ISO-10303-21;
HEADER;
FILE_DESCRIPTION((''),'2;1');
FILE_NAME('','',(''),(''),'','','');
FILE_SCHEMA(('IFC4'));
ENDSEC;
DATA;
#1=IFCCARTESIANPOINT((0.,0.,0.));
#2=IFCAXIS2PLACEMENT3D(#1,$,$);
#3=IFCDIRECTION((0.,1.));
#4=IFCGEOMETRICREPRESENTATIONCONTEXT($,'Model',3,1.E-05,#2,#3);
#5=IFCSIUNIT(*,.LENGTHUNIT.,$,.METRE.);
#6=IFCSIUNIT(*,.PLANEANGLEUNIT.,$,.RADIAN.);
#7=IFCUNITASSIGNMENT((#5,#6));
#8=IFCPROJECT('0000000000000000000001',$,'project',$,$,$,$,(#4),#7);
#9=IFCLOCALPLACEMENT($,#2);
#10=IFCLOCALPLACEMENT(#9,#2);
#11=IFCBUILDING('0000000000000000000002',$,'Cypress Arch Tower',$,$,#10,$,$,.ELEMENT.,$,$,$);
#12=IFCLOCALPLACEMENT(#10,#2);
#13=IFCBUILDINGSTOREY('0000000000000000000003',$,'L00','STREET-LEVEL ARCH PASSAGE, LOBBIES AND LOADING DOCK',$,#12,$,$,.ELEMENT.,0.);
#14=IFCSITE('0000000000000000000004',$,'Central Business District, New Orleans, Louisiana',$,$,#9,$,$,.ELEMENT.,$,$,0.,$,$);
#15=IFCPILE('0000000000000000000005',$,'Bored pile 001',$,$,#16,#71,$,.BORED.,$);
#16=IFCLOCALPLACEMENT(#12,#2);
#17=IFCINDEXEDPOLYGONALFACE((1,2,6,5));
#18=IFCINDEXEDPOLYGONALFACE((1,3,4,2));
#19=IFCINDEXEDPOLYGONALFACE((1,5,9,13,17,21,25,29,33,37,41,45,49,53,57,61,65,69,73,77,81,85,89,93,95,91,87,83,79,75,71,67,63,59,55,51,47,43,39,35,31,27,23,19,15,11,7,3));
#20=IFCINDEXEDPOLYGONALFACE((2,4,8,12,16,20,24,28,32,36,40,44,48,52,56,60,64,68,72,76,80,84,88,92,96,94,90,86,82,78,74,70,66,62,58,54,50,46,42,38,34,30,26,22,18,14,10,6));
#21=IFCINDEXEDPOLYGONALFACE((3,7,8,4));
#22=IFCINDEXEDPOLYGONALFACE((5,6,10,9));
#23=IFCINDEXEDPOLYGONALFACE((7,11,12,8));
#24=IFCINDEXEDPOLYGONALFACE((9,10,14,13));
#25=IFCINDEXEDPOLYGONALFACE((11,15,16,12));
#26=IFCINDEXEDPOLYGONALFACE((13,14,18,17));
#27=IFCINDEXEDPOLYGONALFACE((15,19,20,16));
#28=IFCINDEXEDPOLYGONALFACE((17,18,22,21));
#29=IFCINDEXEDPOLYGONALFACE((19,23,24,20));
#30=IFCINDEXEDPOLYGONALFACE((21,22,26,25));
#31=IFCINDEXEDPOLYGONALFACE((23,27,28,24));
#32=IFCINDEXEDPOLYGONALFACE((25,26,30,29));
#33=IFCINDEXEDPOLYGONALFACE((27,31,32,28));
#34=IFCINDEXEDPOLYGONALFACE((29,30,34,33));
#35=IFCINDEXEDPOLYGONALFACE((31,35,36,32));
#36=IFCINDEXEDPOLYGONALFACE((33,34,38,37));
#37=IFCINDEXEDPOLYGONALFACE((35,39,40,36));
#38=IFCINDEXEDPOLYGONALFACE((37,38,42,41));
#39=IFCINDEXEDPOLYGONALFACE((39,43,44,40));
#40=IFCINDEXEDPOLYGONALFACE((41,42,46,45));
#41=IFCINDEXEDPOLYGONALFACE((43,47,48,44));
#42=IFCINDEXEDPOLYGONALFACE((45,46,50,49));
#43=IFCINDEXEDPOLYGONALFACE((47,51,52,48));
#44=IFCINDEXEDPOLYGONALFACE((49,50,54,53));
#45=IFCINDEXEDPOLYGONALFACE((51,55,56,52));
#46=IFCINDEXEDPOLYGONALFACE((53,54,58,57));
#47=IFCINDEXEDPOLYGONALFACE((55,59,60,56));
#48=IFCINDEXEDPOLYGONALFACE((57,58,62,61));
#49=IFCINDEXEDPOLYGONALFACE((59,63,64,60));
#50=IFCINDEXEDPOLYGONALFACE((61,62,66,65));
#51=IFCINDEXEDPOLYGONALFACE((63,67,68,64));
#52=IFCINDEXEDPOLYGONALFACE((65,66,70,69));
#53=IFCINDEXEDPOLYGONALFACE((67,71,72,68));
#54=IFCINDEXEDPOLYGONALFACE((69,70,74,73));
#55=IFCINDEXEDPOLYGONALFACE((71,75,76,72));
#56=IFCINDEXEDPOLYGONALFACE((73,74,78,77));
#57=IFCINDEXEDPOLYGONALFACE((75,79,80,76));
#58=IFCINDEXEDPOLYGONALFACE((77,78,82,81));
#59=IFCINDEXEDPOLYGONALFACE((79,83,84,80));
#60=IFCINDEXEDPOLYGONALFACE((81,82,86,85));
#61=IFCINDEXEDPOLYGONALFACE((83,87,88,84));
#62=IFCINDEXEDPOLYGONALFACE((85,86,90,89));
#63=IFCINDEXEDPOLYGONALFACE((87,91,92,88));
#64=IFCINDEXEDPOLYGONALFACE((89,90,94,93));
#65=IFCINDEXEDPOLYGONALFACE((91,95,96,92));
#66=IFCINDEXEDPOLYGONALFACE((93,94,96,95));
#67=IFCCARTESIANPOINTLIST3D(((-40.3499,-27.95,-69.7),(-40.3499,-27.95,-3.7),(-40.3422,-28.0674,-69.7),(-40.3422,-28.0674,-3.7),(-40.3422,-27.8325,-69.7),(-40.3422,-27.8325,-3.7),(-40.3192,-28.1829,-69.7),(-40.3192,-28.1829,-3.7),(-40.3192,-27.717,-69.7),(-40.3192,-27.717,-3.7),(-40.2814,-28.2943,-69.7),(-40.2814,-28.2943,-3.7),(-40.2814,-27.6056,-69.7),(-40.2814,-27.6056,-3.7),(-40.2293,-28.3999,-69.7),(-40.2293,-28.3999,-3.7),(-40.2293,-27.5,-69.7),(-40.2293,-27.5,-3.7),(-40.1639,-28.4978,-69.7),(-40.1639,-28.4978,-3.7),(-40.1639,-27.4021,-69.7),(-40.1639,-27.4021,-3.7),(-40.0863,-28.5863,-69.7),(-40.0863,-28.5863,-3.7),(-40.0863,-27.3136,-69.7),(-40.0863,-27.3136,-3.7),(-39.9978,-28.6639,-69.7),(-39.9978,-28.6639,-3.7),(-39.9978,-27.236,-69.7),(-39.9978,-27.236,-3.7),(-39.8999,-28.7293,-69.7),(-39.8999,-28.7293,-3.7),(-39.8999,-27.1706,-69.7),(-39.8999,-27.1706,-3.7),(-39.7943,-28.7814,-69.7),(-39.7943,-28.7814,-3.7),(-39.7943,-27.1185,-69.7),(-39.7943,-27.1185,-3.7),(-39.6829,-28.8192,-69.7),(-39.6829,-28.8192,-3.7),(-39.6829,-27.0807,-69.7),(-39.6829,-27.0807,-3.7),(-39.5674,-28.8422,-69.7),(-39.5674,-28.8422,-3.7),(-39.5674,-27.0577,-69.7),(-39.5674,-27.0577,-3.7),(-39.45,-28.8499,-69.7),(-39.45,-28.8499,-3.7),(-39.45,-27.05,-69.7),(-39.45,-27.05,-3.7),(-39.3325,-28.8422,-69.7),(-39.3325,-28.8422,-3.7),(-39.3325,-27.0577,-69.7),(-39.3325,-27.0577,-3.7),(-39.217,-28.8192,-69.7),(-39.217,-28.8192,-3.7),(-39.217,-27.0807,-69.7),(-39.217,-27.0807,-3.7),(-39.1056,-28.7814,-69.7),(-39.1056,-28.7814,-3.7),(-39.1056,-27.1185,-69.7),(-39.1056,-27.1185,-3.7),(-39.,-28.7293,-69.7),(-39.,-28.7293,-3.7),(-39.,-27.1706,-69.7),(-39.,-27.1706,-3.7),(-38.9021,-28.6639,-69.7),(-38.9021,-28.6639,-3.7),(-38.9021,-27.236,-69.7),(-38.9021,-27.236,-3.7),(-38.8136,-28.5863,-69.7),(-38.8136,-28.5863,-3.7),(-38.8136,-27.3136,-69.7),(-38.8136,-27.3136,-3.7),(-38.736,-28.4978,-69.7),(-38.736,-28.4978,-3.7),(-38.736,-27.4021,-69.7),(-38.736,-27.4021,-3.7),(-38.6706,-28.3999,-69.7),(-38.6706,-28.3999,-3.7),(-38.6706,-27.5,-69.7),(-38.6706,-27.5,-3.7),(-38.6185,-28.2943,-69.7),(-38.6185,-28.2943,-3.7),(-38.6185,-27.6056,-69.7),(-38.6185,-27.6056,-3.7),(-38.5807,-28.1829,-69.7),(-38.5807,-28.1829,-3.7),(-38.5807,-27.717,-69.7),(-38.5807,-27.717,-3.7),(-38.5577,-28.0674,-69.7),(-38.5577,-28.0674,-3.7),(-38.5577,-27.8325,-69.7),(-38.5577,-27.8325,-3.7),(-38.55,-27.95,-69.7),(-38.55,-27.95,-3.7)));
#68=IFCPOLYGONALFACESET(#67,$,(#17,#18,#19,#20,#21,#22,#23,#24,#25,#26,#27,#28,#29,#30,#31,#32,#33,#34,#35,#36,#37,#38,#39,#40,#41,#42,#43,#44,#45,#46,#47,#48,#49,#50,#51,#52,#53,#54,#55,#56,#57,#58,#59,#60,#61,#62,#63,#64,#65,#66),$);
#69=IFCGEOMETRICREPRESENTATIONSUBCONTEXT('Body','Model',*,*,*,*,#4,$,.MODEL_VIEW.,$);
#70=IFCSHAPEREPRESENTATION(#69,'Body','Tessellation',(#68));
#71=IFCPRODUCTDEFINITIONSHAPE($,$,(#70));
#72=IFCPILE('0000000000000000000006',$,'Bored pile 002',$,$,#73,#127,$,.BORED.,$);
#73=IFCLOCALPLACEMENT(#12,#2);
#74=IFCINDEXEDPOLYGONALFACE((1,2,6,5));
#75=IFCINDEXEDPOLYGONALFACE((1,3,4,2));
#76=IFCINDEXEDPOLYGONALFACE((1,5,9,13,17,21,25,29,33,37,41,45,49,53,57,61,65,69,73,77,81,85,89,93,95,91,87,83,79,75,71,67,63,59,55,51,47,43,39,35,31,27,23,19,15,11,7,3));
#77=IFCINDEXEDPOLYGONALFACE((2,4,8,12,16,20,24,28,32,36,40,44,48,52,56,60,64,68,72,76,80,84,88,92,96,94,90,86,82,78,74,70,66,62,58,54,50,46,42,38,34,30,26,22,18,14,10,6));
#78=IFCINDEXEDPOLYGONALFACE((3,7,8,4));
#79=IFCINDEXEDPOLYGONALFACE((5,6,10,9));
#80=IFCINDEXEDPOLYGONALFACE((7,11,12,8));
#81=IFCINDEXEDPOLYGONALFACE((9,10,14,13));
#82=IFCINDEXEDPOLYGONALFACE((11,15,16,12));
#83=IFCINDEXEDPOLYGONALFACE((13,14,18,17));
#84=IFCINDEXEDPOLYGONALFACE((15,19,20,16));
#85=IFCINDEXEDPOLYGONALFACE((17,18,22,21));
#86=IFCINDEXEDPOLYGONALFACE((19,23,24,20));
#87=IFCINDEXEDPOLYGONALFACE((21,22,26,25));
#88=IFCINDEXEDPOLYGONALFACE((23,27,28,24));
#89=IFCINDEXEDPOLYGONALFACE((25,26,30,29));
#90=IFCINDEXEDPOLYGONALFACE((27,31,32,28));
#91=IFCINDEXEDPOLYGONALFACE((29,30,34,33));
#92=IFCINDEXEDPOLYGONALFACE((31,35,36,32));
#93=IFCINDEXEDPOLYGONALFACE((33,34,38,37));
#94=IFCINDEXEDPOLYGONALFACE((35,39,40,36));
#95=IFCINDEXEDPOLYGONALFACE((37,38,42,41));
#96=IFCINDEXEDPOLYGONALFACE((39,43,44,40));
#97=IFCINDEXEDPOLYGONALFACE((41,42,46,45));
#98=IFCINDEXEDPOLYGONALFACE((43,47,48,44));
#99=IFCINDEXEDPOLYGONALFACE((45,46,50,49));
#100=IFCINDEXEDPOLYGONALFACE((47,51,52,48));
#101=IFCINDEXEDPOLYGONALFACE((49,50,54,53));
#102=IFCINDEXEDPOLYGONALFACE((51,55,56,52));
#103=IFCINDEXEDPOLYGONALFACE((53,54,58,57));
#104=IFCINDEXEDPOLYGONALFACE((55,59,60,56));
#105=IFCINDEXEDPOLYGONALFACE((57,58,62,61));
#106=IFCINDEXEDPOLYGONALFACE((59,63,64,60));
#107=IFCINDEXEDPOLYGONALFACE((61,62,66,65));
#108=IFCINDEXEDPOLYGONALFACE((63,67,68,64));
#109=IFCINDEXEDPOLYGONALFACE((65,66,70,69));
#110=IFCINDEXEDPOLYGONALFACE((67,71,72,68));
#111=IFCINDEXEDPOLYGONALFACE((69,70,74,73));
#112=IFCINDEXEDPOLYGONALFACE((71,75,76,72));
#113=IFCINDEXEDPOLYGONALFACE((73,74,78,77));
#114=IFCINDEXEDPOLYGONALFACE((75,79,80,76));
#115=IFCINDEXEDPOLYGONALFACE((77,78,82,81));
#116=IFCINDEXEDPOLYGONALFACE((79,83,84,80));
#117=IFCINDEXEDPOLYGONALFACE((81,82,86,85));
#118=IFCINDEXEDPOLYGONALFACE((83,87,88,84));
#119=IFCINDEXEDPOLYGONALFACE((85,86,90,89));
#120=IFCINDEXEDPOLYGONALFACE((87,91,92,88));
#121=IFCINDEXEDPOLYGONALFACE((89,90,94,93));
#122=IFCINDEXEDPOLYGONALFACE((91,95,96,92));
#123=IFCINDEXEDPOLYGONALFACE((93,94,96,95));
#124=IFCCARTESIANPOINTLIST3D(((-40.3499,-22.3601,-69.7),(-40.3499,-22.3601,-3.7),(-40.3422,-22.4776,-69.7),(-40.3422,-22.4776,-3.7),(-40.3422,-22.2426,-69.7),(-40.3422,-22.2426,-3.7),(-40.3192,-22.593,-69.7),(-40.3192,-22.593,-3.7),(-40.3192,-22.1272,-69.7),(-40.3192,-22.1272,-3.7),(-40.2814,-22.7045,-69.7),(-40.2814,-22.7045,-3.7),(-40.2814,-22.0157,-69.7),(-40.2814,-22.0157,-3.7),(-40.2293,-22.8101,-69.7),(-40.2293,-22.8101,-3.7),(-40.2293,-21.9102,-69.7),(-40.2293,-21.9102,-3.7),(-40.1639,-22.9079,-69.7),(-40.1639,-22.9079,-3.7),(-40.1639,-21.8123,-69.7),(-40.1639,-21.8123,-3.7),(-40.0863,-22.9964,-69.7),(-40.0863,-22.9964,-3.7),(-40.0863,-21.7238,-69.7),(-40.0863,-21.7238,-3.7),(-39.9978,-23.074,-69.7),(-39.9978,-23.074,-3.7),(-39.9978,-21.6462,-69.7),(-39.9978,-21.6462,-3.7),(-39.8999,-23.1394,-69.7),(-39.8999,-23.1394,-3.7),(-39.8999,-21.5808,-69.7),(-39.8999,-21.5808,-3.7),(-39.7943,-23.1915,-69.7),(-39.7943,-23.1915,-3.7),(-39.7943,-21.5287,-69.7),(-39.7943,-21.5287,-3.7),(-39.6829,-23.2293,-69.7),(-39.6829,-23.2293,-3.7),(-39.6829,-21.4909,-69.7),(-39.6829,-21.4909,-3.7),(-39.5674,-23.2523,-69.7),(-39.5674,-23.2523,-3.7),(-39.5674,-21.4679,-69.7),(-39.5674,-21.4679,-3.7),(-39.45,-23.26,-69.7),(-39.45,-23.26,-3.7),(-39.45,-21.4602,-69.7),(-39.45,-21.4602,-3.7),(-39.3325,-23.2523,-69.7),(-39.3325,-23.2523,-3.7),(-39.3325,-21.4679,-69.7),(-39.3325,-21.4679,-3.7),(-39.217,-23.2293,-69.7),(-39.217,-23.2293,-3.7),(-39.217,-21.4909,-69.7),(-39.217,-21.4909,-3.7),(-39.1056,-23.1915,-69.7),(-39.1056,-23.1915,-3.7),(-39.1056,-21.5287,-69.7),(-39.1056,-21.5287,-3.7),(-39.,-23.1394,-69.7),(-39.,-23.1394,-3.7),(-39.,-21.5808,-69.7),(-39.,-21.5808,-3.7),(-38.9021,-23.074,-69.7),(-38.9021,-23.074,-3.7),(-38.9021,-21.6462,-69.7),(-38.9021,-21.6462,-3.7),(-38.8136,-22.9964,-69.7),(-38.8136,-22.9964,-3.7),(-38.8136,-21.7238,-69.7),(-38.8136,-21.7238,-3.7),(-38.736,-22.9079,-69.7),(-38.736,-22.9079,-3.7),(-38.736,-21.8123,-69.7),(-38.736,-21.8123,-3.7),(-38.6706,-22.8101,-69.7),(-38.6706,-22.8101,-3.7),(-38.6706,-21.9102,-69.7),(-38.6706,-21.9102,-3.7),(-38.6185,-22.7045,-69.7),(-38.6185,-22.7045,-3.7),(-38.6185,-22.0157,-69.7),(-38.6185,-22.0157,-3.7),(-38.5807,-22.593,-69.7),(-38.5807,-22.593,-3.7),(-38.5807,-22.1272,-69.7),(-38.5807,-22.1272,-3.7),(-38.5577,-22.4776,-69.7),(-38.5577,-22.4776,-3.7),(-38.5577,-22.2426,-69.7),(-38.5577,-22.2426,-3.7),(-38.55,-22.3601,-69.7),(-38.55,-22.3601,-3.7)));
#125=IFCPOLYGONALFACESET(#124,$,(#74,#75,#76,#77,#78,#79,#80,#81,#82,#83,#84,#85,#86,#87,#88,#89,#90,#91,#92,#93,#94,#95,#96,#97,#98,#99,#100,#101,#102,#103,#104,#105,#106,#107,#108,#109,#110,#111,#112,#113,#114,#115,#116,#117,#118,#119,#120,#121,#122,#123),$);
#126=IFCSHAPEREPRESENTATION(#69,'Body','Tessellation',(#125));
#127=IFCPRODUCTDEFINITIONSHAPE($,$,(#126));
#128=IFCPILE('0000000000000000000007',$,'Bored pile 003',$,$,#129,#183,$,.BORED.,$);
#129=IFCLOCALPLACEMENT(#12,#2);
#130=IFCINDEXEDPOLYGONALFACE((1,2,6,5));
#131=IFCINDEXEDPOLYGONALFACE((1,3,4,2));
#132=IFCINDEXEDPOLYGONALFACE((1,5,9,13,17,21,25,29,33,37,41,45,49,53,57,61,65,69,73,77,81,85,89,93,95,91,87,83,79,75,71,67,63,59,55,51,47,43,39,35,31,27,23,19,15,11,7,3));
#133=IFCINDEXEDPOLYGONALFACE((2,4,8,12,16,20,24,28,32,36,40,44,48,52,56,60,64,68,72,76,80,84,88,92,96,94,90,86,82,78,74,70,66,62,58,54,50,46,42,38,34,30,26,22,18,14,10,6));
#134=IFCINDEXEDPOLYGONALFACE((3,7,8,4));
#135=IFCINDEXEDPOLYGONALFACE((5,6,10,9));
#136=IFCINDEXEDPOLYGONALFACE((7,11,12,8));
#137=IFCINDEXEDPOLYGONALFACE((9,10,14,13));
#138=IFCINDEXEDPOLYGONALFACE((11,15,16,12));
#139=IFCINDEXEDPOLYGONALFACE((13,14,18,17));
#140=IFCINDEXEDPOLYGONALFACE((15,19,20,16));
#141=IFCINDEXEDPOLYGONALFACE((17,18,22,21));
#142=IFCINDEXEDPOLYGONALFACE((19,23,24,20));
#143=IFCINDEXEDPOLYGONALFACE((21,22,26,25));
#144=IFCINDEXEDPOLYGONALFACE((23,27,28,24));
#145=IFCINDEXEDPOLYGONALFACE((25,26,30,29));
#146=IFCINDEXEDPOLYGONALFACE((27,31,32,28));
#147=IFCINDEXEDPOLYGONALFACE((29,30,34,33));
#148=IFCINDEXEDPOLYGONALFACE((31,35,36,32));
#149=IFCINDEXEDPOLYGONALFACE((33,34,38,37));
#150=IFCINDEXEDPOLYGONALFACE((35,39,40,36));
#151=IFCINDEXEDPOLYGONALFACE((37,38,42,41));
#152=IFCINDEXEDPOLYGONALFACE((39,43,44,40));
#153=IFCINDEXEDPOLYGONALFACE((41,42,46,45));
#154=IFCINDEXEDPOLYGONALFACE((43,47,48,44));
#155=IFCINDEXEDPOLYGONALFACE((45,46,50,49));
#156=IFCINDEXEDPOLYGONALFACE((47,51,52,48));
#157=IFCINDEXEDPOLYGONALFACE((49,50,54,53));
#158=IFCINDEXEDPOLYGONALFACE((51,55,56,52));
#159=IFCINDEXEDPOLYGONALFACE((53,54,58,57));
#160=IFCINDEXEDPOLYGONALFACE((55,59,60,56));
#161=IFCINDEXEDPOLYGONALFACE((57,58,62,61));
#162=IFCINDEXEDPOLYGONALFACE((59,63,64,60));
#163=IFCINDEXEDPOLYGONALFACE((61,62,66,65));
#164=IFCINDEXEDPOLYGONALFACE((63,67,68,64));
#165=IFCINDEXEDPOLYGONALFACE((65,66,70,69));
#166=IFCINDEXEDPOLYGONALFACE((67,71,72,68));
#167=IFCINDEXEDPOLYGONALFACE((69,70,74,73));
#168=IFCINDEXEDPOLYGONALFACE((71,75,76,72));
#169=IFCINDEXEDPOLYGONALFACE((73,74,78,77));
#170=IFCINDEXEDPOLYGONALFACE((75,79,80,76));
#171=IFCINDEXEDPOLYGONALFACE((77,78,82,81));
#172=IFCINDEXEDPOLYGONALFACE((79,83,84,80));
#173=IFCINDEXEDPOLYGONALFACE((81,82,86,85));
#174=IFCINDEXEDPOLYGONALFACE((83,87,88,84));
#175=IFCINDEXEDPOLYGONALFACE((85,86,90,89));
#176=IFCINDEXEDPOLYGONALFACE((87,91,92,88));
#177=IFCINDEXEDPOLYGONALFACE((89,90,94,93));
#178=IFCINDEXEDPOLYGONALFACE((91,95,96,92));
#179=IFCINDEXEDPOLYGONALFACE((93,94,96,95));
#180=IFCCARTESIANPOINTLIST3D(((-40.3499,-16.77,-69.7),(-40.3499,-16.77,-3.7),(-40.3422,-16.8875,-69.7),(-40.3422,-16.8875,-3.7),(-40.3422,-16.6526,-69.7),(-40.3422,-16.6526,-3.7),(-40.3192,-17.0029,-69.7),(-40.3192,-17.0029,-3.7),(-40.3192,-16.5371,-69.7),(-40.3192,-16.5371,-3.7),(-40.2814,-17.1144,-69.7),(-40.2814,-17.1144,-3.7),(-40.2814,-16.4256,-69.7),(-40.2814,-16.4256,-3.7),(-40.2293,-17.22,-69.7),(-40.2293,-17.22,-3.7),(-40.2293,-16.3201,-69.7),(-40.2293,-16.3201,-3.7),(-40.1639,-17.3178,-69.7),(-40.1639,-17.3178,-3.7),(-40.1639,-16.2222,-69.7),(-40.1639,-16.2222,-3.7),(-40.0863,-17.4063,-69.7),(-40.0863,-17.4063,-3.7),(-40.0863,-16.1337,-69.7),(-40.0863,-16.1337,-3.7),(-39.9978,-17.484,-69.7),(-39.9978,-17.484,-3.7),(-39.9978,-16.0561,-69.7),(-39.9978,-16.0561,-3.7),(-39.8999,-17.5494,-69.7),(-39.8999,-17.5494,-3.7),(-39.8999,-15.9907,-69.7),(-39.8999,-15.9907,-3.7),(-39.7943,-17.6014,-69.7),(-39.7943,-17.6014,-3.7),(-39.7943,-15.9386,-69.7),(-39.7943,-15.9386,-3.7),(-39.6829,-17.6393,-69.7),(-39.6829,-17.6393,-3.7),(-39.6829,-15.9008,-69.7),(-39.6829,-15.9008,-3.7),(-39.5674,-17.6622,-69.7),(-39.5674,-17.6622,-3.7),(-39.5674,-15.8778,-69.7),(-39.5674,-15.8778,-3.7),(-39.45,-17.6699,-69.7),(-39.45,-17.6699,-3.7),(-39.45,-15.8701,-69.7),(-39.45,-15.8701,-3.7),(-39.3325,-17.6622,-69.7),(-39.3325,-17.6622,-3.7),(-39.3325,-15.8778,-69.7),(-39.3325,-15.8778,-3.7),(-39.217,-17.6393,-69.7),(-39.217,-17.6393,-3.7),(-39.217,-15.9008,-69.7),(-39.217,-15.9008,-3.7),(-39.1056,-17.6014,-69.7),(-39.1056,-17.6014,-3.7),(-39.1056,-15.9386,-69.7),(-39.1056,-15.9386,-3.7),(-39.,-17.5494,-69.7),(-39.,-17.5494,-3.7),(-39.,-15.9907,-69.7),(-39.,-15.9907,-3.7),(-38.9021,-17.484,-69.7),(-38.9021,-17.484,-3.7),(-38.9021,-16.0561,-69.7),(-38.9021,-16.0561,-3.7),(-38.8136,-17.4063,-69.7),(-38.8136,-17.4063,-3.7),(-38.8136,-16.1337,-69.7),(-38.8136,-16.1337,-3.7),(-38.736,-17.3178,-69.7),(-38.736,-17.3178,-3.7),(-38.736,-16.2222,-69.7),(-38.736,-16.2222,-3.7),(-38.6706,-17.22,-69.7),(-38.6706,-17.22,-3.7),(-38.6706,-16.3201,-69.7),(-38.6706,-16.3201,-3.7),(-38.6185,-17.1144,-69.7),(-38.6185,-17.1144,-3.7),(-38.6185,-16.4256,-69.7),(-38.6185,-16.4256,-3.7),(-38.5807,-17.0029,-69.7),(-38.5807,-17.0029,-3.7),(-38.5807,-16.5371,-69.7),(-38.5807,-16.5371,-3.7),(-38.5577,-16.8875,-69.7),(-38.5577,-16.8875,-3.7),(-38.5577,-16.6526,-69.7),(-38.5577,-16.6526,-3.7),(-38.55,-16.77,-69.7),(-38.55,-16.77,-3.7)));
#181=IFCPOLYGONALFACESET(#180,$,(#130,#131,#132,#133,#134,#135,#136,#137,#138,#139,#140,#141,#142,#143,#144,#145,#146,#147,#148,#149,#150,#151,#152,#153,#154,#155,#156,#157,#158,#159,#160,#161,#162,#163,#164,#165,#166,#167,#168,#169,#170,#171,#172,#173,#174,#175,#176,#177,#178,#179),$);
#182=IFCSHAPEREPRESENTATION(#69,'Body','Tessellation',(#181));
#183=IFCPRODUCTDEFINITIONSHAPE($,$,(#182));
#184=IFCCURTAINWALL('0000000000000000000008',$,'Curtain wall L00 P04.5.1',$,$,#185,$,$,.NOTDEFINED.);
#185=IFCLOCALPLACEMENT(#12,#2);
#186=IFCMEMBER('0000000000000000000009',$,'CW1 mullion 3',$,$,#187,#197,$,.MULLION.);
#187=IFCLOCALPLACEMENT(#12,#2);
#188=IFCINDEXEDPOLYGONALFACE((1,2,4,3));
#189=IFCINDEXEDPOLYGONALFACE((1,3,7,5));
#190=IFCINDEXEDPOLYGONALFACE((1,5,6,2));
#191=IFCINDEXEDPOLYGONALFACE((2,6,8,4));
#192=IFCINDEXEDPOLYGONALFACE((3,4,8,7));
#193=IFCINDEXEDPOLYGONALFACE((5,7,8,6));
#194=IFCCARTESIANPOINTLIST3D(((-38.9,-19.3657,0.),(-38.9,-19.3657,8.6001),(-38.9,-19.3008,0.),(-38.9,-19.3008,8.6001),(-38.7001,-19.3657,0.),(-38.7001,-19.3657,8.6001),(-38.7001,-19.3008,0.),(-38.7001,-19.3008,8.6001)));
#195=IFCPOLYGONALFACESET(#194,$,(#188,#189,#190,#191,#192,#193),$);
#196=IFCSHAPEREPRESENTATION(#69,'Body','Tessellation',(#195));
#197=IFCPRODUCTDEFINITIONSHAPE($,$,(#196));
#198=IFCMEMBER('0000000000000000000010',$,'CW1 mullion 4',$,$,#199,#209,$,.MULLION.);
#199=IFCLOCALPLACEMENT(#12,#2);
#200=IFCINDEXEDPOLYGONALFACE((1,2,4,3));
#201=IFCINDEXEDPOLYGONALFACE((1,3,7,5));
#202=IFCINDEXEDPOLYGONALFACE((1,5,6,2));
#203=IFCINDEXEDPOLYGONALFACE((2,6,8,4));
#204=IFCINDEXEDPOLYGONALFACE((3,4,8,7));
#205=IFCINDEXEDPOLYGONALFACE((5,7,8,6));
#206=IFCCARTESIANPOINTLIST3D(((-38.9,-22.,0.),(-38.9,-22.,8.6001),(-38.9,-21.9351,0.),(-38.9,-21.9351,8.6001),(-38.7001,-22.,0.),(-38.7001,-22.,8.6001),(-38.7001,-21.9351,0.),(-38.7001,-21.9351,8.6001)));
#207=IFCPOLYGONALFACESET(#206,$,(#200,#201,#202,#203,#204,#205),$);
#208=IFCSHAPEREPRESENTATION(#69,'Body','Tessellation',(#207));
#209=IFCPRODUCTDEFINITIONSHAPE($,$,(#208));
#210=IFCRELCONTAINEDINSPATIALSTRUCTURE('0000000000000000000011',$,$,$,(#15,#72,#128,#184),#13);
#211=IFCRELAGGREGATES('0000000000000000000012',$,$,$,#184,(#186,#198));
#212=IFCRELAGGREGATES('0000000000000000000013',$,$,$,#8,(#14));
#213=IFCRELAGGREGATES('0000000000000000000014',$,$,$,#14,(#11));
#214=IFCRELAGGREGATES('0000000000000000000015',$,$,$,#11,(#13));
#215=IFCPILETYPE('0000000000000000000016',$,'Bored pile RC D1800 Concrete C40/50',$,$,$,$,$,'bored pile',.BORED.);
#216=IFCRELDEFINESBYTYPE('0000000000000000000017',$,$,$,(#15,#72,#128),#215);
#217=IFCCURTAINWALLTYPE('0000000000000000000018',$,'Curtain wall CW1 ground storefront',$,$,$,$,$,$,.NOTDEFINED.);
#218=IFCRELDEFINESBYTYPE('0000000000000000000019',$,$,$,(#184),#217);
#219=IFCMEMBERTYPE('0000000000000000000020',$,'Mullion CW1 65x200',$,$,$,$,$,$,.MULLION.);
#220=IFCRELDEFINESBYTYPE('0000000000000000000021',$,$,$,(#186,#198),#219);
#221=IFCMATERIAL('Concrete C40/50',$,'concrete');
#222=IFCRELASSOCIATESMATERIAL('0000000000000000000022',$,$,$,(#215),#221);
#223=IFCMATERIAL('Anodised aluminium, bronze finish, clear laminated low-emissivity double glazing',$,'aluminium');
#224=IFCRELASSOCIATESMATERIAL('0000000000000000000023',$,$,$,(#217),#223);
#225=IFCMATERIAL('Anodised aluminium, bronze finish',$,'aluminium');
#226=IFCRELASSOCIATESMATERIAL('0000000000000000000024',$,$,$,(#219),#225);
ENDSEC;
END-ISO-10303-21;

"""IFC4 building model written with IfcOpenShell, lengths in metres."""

from ifc_helpers import new_model, si_unit, direction, frame, origin, origin_2d, place, context, subcontext, project, spatial, rectangle, circle, extrude, material, material_profile, profile_set, type_object, element, aggregate, save


model = new_model("IFC4")

# Units and contexts
model_context = context("Model", 3, precision=1e-05, world=origin(), true_north=direction((0.0, 1.0)))
body_context = subcontext(model_context, "Body", "Model", "MODEL_VIEW")
ifc_project = project(units=[si_unit("LENGTHUNIT", "METRE"), si_unit("PLANEANGLEUNIT", "RADIAN")], contexts=[model_context])

# Site, building, storey
site_placement = place(None, origin())
site = spatial("IfcSite", under=ifc_project, at=site_placement, Name="Central Business District, New Orleans, Louisiana", CompositionType="ELEMENT", RefElevation=0.0)
building_placement = place(site_placement, origin())
building = spatial("IfcBuilding", under=site, at=building_placement, Name="Cypress Arch Tower", CompositionType="ELEMENT")
storey_placement = place(building_placement, origin())
storey = spatial("IfcBuildingStorey", under=building, at=storey_placement, Name="L00", Description="STREET-LEVEL ARCH PASSAGE, LOBBIES AND LOADING DOCK", CompositionType="ELEMENT", Elevation=0.0)

# Piles
ifc_material_1 = material(Name="Concrete C40/50", Category="concrete")
ifc_material_profile_1 = material_profile(ifc_material_1, circle(Radius=0.8999, at=origin_2d()), Name="RC D1800")
ifc_profile_set_1 = profile_set([ifc_material_profile_1], Name="Concrete C40/50")
pile_type = type_object("IfcPileType", Name="Bored pile RC D1800 Concrete C40/50", ElementType="bored pile", PredefinedType="BORED", material=ifc_profile_set_1)
for number, where, z_axis, x_axis, name in (
    (1, (-39.45, -27.95, -3.7), (0.0, 0.0, -1.0), (1.0, 0.0, 0.0), "Bored pile 001"),
    (2, (-39.45, -22.3601, -3.7), (0.0, 0.0, -1.0), (1.0, 0.0, 0.0), "Bored pile 002"),
    (3, (-39.45, -16.77, -3.7), (0.0, 0.0, -1.0), (1.0, 0.0, 0.0), "Bored pile 003"),
):
    element("IfcPile", number, at=place(storey_placement, frame(where, z_axis=z_axis, x_axis=x_axis)), inside=storey, type_object=pile_type, Name=name, PredefinedType="BORED", context=body_context, shape_type="SweptSolid", body=[
        extrude(circle(Radius=0.8999, at=origin_2d()), origin(), (0.0, 0.0, 1.0), 66.0),
    ])

# Curtain wall, members
ifc_material_2 = material(Name="Anodised aluminium, bronze finish, clear laminated low-emissivity double glazing", Category="aluminium")
curtain_wall_type = type_object("IfcCurtainWallType", Name="Curtain wall CW1 ground storefront", PredefinedType="NOTDEFINED", material=ifc_material_2)
curtain_wall_1_placement = place(storey_placement, origin())
curtain_wall_1 = element("IfcCurtainWall", 4, at=curtain_wall_1_placement, inside=storey, type_object=curtain_wall_type, Name="Curtain wall L00 P04.5.1", PredefinedType="NOTDEFINED")
ifc_material_3 = material(Name="Anodised aluminium, bronze finish", Category="aluminium")
ifc_material_profile_2 = material_profile(ifc_material_3, rectangle(XDim=0.2, YDim=0.0649, at=origin_2d()), Name="Mullion 65x200")
ifc_profile_set_2 = profile_set([ifc_material_profile_2], Name="Anodised aluminium, bronze finish")
member_type_1 = type_object("IfcMemberType", Name="Mullion CW1 65x200", PredefinedType="MULLION", material=ifc_profile_set_2)
member_1_placement = place(storey_placement, frame((-38.8, -19.3333, 0.0), z_axis=(0.0, 0.0, 1.0), x_axis=(1.0, 0.0, 0.0)))
member_1 = element("IfcMember", 5, at=member_1_placement, type_object=member_type_1, Name="CW1 mullion 3", PredefinedType="MULLION", context=body_context, shape_type="SweptSolid", body=[
    extrude(rectangle(XDim=0.2, YDim=0.0649, at=origin_2d()), origin(), (0.0, 0.0, 1.0), 8.6001),
])
member_2_placement = place(storey_placement, frame((-38.8, -21.9675, 0.0), z_axis=(0.0, 0.0, 1.0), x_axis=(1.0, 0.0, 0.0)))
member_2 = element("IfcMember", 6, at=member_2_placement, type_object=member_type_1, Name="CW1 mullion 4", PredefinedType="MULLION", context=body_context, shape_type="SweptSolid", body=[
    extrude(rectangle(XDim=0.2, YDim=0.0649, at=origin_2d()), origin(), (0.0, 0.0, 1.0), 8.6001),
])

aggregate(curtain_wall_1, [member_1, member_2])

save(model, "model.ifc")
